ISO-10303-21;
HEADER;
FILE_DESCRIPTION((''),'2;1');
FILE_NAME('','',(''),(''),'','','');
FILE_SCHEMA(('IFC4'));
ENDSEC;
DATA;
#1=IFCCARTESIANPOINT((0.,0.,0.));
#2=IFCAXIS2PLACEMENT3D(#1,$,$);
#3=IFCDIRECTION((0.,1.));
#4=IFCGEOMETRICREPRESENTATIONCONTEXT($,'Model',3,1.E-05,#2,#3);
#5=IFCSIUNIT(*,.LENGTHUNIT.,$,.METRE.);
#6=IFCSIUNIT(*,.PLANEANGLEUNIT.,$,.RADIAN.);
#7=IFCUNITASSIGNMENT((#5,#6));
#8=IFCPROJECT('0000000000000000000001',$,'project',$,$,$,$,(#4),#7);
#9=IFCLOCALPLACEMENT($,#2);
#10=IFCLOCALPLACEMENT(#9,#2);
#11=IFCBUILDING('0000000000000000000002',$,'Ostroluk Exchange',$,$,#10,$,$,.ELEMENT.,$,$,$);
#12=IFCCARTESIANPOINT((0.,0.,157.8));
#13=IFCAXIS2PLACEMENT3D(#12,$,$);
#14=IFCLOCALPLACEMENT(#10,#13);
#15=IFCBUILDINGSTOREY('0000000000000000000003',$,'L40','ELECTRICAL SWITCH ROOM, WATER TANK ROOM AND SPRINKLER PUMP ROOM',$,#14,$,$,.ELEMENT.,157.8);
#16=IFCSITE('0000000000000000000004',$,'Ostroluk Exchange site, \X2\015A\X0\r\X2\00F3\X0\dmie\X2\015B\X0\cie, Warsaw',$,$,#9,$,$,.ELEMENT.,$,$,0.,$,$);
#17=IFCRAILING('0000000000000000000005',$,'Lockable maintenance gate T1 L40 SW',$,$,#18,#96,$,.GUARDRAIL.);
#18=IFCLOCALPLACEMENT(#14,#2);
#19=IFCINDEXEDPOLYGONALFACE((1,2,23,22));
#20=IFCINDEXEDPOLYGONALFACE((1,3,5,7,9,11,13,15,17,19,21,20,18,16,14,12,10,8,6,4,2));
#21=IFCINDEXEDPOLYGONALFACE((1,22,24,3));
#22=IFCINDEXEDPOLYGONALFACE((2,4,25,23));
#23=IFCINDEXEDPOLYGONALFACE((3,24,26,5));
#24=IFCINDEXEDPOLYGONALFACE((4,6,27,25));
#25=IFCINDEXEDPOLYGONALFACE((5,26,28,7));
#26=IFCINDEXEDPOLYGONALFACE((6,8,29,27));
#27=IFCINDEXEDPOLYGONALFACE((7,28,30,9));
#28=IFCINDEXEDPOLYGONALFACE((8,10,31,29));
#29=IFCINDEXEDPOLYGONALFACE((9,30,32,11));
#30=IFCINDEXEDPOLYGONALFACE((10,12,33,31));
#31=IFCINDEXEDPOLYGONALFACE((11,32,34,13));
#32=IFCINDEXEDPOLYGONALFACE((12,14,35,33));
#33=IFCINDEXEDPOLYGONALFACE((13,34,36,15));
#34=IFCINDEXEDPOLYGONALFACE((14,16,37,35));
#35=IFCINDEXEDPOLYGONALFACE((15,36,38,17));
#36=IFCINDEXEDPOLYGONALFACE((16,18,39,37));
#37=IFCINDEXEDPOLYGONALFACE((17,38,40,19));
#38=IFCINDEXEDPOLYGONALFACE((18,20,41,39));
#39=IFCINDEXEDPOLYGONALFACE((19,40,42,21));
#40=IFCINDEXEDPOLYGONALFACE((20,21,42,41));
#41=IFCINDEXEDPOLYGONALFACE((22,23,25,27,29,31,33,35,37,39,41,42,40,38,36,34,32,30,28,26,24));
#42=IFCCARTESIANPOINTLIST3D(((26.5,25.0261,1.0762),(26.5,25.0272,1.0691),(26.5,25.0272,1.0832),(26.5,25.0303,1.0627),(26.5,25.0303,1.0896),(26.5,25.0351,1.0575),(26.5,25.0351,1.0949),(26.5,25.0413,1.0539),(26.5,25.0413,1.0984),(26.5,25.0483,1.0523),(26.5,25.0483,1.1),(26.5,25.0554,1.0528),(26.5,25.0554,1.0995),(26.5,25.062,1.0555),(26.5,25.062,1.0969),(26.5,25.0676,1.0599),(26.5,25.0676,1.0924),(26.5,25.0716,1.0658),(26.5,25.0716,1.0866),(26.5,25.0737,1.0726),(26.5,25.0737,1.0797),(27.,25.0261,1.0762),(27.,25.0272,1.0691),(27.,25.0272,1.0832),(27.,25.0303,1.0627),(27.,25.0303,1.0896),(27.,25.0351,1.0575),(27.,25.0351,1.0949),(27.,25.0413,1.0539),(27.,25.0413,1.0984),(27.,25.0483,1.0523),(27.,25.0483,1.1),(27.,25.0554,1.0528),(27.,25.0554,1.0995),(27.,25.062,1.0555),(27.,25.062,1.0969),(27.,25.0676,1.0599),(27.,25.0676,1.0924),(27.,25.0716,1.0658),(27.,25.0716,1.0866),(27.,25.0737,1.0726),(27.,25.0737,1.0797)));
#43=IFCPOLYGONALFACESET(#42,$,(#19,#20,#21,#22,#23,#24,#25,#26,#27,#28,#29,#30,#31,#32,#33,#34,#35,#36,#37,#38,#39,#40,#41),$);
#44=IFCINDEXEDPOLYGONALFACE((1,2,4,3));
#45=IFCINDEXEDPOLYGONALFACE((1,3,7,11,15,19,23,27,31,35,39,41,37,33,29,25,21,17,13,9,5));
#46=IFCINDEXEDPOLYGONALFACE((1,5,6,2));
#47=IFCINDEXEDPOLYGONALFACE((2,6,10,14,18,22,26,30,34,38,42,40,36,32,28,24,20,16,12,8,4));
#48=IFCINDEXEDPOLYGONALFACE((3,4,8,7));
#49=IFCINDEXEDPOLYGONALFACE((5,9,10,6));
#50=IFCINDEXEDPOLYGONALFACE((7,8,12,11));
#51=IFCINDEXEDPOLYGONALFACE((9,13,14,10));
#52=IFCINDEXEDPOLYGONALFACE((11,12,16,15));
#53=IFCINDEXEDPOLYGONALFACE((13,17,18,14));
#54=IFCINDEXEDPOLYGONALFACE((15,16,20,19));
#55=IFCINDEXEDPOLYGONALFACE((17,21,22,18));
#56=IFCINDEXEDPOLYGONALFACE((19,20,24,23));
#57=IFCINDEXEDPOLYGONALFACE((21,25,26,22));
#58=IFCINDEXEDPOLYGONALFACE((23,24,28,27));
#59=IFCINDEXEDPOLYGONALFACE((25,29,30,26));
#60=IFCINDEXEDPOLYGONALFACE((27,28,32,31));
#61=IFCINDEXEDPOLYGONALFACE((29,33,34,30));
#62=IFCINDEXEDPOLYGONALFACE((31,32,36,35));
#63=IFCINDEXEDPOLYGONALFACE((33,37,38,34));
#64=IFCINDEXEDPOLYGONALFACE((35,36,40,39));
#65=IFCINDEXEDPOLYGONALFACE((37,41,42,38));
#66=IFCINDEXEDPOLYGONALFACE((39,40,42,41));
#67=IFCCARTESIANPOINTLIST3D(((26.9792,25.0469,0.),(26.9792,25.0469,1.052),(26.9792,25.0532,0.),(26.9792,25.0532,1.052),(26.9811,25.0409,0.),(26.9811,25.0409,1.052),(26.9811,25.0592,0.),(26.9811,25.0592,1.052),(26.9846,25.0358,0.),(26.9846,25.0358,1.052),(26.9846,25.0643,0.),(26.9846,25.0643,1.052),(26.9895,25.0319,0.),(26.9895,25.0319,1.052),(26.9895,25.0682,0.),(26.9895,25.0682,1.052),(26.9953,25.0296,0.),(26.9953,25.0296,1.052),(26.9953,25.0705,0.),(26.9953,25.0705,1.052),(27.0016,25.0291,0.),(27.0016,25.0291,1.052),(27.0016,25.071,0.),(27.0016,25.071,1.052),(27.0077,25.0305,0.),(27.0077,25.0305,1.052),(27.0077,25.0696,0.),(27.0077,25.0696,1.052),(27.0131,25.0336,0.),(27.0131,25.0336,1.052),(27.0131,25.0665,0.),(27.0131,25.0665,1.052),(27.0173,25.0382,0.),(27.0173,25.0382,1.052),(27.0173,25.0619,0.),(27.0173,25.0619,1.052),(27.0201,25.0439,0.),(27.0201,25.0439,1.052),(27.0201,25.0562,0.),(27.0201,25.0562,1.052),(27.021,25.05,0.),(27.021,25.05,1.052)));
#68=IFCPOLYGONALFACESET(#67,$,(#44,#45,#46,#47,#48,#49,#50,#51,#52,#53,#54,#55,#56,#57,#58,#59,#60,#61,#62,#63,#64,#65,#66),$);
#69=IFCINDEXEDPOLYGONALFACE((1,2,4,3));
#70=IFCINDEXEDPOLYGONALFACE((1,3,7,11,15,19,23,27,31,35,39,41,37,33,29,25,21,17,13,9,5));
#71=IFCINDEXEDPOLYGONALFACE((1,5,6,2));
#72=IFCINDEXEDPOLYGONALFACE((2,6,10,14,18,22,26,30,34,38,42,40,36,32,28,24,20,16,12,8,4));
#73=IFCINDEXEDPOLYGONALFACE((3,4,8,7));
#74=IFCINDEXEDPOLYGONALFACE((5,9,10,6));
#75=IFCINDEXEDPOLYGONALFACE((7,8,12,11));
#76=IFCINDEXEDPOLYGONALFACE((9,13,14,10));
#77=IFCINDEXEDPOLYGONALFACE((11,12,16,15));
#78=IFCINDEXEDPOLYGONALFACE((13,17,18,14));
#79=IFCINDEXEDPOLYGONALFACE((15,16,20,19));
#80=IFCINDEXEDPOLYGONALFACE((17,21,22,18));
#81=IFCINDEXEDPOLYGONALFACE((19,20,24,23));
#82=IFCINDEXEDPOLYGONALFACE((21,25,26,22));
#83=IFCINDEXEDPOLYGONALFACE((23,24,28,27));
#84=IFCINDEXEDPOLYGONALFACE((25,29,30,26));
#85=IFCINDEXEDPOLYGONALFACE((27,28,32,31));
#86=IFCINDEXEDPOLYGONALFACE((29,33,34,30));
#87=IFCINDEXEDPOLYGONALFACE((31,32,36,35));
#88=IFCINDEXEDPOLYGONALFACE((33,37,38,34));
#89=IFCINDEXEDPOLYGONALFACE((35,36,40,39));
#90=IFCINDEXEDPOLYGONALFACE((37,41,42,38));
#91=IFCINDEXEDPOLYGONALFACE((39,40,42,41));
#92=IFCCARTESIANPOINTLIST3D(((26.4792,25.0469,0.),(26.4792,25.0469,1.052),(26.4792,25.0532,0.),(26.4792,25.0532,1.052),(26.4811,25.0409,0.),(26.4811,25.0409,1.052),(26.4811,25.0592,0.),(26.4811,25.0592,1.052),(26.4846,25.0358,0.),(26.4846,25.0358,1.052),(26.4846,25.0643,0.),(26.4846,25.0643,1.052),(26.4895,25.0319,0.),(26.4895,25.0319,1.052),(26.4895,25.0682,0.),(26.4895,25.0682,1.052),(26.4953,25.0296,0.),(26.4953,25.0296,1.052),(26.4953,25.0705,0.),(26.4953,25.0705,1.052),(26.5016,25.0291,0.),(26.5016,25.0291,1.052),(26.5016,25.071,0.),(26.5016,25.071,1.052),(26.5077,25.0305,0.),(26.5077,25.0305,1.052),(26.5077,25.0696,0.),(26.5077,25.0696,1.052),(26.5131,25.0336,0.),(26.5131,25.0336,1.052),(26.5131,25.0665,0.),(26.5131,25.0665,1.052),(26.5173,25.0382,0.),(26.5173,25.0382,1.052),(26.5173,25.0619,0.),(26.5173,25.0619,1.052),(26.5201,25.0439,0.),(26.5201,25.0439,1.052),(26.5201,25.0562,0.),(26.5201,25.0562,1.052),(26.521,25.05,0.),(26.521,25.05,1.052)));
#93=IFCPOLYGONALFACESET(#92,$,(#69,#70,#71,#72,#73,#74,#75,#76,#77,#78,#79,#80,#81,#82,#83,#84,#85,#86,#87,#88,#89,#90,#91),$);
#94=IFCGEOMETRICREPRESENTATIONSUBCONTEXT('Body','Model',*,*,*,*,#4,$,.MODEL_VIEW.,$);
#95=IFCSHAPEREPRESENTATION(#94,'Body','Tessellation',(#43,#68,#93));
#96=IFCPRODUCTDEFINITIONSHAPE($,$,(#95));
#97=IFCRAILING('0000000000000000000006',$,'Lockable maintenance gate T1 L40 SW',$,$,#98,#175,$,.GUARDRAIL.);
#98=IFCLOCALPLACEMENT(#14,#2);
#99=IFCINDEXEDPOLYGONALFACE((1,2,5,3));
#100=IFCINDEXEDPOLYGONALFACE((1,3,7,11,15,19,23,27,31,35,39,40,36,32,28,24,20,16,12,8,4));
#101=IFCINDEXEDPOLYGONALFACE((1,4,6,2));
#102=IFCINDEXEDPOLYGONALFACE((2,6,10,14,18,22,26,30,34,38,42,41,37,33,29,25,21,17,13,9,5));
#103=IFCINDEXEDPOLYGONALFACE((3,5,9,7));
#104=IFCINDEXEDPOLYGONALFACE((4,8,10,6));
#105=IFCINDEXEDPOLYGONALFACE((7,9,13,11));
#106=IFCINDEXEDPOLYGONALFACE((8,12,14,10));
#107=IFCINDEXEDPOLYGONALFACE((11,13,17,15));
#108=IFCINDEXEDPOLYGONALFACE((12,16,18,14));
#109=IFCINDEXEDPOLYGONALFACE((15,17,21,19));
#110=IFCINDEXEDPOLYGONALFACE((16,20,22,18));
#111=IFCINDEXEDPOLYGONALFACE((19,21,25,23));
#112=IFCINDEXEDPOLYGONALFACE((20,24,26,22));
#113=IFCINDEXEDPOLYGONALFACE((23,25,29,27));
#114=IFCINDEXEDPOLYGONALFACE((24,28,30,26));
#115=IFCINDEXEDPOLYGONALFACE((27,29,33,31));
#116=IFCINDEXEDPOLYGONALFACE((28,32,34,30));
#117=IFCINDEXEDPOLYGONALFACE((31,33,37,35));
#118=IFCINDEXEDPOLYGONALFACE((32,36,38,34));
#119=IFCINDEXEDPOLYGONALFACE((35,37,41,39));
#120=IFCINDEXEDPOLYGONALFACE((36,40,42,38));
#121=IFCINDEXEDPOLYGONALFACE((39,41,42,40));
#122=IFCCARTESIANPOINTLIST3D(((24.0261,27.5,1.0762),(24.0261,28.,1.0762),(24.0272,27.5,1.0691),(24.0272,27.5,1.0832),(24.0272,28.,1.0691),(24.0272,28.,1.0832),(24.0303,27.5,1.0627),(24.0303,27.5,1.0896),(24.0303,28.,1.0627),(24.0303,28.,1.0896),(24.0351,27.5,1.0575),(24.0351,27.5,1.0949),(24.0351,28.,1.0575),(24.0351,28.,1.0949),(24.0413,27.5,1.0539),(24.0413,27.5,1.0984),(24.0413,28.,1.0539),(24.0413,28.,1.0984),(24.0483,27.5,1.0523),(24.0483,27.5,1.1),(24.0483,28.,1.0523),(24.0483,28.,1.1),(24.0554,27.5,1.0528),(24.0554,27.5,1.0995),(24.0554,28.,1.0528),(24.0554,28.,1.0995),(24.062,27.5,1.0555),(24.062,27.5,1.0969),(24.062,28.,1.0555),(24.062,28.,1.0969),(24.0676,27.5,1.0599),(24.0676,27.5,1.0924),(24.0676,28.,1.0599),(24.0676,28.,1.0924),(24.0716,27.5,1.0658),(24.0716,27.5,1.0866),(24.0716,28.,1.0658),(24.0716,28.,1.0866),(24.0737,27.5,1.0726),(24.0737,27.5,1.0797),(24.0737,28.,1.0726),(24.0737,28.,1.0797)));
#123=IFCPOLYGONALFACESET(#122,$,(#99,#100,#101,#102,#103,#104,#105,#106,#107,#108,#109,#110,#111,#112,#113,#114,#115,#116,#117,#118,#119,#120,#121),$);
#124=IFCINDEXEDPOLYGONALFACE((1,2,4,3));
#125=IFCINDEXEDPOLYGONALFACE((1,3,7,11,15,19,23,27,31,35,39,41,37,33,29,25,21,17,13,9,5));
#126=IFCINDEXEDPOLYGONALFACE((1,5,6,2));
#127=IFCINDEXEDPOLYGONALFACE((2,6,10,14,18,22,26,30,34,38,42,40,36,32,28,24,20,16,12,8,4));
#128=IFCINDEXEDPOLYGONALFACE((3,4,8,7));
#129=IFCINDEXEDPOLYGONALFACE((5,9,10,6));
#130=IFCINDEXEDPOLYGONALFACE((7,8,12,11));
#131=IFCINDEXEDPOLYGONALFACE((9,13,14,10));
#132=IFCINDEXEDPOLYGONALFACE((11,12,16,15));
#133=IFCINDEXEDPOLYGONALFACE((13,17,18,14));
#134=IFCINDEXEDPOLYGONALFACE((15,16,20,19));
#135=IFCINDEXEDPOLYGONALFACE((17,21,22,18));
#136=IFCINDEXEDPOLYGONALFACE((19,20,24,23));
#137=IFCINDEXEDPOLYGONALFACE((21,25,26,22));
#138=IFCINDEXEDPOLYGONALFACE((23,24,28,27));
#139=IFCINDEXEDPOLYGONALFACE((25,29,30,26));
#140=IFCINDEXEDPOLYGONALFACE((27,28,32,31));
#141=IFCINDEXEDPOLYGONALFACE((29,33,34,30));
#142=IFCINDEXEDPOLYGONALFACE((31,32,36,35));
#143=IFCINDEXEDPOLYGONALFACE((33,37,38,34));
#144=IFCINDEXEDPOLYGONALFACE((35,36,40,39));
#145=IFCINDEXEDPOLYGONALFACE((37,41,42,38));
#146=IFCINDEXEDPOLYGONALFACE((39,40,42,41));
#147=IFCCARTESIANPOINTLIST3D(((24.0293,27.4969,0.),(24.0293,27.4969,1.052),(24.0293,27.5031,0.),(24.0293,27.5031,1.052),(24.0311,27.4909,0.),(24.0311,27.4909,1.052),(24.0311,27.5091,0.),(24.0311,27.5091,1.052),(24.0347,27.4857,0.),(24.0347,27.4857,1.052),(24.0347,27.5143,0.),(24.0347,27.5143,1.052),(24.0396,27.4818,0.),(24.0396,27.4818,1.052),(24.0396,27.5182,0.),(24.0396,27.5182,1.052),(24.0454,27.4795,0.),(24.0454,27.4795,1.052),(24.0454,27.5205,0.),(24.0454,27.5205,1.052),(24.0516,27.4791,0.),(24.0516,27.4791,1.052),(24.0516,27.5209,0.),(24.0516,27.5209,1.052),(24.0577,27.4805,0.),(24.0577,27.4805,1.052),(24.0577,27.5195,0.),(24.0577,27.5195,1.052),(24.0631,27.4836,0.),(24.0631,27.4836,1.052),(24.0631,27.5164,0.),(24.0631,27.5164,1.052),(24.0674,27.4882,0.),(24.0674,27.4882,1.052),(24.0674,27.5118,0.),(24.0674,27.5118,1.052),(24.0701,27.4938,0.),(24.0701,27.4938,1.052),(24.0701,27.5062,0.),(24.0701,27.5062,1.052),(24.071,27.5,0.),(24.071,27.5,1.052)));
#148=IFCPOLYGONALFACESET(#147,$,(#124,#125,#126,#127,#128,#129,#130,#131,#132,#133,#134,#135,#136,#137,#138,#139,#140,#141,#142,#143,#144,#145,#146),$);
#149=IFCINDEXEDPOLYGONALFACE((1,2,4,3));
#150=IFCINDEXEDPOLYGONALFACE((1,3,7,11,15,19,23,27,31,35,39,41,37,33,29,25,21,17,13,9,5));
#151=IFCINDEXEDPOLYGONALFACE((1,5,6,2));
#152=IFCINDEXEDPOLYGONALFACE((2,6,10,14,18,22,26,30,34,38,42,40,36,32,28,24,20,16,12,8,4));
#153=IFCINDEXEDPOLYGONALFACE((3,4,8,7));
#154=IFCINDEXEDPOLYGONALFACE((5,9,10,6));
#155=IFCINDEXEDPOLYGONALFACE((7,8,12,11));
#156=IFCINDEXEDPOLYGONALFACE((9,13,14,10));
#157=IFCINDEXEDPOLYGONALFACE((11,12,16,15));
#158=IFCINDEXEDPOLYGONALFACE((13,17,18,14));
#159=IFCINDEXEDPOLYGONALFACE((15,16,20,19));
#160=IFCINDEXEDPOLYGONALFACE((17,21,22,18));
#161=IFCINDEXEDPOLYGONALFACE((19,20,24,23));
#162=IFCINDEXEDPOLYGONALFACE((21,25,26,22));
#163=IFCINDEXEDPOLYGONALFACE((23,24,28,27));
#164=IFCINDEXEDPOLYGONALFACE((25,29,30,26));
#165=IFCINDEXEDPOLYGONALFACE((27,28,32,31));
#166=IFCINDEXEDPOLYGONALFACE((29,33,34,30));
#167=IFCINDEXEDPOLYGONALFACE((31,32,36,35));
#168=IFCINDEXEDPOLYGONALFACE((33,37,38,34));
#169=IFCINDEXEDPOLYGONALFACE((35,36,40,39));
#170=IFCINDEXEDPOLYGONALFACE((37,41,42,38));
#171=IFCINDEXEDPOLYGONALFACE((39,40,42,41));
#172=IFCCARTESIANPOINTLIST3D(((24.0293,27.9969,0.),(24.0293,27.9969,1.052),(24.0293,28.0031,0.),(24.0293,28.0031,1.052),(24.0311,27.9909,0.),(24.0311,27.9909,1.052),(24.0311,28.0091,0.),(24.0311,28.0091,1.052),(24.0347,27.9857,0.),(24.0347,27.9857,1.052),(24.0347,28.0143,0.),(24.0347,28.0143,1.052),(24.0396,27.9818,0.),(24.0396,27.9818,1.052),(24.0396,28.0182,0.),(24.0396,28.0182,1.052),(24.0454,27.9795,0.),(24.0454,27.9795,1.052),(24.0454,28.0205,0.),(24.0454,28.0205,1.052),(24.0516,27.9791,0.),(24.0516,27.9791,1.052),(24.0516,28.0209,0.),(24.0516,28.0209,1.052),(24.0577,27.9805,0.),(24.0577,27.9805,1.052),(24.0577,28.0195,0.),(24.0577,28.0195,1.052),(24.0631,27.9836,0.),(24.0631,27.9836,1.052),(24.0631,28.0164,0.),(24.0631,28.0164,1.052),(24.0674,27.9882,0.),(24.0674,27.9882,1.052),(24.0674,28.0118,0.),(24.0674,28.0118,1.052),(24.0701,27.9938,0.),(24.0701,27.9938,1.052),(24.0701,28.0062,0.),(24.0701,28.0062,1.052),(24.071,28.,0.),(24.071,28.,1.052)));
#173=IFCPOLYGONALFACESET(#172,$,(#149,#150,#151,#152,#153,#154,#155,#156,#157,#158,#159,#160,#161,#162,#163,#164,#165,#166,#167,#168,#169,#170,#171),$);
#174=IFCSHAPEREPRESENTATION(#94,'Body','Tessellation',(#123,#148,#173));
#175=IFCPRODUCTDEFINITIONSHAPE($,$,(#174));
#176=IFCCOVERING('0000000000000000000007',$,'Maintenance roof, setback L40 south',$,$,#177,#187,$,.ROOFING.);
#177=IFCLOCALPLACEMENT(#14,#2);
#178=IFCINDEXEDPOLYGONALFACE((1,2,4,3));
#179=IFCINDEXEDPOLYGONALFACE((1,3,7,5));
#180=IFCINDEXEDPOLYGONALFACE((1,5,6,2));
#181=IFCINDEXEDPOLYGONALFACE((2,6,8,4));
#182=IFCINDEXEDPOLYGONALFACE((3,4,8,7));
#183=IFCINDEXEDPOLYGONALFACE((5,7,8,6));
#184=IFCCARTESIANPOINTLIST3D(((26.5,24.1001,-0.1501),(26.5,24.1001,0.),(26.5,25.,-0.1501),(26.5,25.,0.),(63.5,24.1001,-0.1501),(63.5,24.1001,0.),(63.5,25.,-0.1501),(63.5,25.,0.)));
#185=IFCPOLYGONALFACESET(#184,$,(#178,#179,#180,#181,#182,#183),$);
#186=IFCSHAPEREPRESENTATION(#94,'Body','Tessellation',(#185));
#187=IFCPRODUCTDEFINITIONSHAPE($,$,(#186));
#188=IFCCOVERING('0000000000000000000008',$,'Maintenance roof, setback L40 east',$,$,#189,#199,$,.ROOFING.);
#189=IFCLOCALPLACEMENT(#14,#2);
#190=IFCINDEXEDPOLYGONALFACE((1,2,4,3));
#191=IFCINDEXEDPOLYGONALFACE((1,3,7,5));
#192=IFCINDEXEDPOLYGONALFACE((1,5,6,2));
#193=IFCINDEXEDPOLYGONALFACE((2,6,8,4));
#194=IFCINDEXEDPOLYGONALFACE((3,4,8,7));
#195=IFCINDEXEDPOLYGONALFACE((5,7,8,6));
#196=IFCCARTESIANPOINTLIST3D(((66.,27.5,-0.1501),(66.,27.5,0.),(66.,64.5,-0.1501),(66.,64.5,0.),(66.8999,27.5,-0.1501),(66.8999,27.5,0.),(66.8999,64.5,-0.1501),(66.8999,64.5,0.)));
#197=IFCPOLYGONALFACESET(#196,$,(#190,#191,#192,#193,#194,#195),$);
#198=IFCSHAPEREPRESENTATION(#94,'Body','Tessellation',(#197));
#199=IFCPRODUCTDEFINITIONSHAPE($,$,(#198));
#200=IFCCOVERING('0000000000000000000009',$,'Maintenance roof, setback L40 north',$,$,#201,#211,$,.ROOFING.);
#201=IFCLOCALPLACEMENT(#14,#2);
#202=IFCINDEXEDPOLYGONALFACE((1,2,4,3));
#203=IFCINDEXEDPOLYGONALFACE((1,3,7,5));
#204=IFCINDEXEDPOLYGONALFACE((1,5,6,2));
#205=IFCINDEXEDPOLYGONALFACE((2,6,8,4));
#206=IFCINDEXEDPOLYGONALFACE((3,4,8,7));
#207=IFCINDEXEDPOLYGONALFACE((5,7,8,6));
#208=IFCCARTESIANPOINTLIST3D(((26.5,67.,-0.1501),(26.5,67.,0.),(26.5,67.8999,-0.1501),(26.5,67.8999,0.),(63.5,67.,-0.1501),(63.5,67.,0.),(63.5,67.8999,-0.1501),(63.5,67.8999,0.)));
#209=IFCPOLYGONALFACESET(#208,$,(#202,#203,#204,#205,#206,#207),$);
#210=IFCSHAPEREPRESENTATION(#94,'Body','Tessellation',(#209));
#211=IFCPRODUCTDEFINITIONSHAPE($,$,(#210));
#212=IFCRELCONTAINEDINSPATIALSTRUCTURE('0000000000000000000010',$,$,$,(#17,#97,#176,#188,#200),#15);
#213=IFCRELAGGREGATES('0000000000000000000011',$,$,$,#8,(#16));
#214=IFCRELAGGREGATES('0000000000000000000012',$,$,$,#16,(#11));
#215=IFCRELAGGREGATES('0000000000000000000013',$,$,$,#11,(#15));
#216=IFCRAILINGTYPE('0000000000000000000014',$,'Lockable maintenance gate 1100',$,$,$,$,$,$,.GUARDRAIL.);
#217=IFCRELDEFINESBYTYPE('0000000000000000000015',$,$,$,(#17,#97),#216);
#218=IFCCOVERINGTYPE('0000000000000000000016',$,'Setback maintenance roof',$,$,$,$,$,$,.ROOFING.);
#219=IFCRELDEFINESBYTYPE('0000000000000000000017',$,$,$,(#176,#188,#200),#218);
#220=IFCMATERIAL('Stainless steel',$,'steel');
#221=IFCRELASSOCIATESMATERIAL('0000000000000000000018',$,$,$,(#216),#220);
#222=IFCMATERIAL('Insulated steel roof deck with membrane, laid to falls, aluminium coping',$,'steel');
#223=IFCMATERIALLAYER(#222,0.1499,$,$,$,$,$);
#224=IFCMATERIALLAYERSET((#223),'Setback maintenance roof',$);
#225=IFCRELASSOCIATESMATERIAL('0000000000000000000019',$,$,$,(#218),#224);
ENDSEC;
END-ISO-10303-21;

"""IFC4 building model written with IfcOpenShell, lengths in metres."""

from ifc_helpers import new_model, si_unit, direction, frame, origin, origin_2d, place, context, subcontext, project, spatial, polyline, circle, outline, extrude, material, layer, layer_set, type_object, element, save


model = new_model("IFC4")

# Units and contexts
model_context = context("Model", 3, precision=1e-05, world=origin(), true_north=direction((0.0, 1.0)))
body_context = subcontext(model_context, "Body", "Model", "MODEL_VIEW")
ifc_project = project(units=[si_unit("LENGTHUNIT", "METRE"), si_unit("PLANEANGLEUNIT", "RADIAN")], contexts=[model_context])

# Site, building, storey
site_placement = place(None, origin())
site = spatial("IfcSite", under=ifc_project, at=site_placement, Name="Ostroluk Exchange site, Śródmieście, Warsaw", CompositionType="ELEMENT", RefElevation=0.0)
building_placement = place(site_placement, origin())
building = spatial("IfcBuilding", under=site, at=building_placement, Name="Ostroluk Exchange", CompositionType="ELEMENT")
storey_placement = place(building_placement, frame((0.0, 0.0, 157.8)))
storey = spatial("IfcBuildingStorey", under=building, at=storey_placement, Name="L40", Description="ELECTRICAL SWITCH ROOM, WATER TANK ROOM AND SPRINKLER PUMP ROOM", CompositionType="ELEMENT", Elevation=157.8)

# Railings
ifc_material_1 = material(Name="Stainless steel", Category="steel")
railing_type_1 = type_object("IfcRailingType", Name="Lockable maintenance gate 1100", PredefinedType="GUARDRAIL", material=ifc_material_1)
railing_1_placement = place(storey_placement, frame((27.0, 25.05, 0.0)))
element("IfcRailing", 1, at=railing_1_placement, inside=storey, type_object=railing_type_1, Name="Lockable maintenance gate T1 L40 SW", PredefinedType="GUARDRAIL", context=body_context, shape_type="SweptSolid", body=[
    extrude(circle(Radius=0.0239, at=origin_2d()), frame((0.0, 0.0, 1.0762), z_axis=(-1.0, 0.0, 0.0), x_axis=(0.0, -1.0, 0.0)), (0.0, 0.0, 1.0), 0.5),
    extrude(circle(Radius=0.021, at=origin_2d()), origin(), (0.0, 0.0, 1.0), 1.052),
    extrude(circle(Radius=0.021, at=origin_2d()), frame((-0.5, 0.0, 0.0)), (0.0, 0.0, 1.0), 1.052),
])
railing_2_placement = place(storey_placement, frame((24.05, 27.5, 0.0)))
element("IfcRailing", 2, at=railing_2_placement, inside=storey, type_object=railing_type_1, Name="Lockable maintenance gate T1 L40 SW", PredefinedType="GUARDRAIL", context=body_context, shape_type="SweptSolid", body=[
    extrude(circle(Radius=0.0239, at=origin_2d()), frame((0.0, 0.0, 1.0762), z_axis=(0.0, 1.0, 0.0), x_axis=(-1.0, 0.0, 0.0)), (0.0, 0.0, 1.0), 0.5),
    extrude(circle(Radius=0.021, at=origin_2d()), origin(), (0.0, 0.0, 1.0), 1.052),
    extrude(circle(Radius=0.021, at=origin_2d()), frame((0.0, 0.5, 0.0)), (0.0, 0.0, 1.0), 1.052),
])

# Coverings
ifc_material_2 = material(Name="Insulated steel roof deck with membrane, laid to falls, aluminium coping", Category="steel")
ifc_layer_1 = layer(ifc_material_2, 0.1499)
ifc_layer_set_1 = layer_set([ifc_layer_1], Name="Setback maintenance roof")
covering_type = type_object("IfcCoveringType", Name="Setback maintenance roof", PredefinedType="ROOFING", material=ifc_layer_set_1)
covering_1_placement = place(storey_placement, frame((0.0, 0.0, -0.1501)))
element("IfcCovering", 3, at=covering_1_placement, inside=storey, type_object=covering_type, Name="Maintenance roof, setback L40 south", PredefinedType="ROOFING", context=body_context, shape_type="SweptSolid", body=[
    extrude(outline(polyline([(26.5, 25.0), (63.5, 25.0), (63.5, 24.1001), (26.5, 24.1001), (26.5, 25.0)])), origin(), (0.0, 0.0, 1.0), 0.1501),
])
covering_2_placement = place(storey_placement, frame((0.0, 0.0, -0.1501)))
element("IfcCovering", 4, at=covering_2_placement, inside=storey, type_object=covering_type, Name="Maintenance roof, setback L40 east", PredefinedType="ROOFING", context=body_context, shape_type="SweptSolid", body=[
    extrude(outline(polyline([(66.0, 64.5), (66.8999, 64.5), (66.8999, 27.5), (66.0, 27.5), (66.0, 64.5)])), origin(), (0.0, 0.0, 1.0), 0.1501),
])
covering_3_placement = place(storey_placement, frame((0.0, 0.0, -0.1501)))
element("IfcCovering", 5, at=covering_3_placement, inside=storey, type_object=covering_type, Name="Maintenance roof, setback L40 north", PredefinedType="ROOFING", context=body_context, shape_type="SweptSolid", body=[
    extrude(outline(polyline([(26.5, 67.8999), (63.5, 67.8999), (63.5, 67.0), (26.5, 67.0), (26.5, 67.8999)])), origin(), (0.0, 0.0, 1.0), 0.1501),
])

save(model, "model.ifc")
